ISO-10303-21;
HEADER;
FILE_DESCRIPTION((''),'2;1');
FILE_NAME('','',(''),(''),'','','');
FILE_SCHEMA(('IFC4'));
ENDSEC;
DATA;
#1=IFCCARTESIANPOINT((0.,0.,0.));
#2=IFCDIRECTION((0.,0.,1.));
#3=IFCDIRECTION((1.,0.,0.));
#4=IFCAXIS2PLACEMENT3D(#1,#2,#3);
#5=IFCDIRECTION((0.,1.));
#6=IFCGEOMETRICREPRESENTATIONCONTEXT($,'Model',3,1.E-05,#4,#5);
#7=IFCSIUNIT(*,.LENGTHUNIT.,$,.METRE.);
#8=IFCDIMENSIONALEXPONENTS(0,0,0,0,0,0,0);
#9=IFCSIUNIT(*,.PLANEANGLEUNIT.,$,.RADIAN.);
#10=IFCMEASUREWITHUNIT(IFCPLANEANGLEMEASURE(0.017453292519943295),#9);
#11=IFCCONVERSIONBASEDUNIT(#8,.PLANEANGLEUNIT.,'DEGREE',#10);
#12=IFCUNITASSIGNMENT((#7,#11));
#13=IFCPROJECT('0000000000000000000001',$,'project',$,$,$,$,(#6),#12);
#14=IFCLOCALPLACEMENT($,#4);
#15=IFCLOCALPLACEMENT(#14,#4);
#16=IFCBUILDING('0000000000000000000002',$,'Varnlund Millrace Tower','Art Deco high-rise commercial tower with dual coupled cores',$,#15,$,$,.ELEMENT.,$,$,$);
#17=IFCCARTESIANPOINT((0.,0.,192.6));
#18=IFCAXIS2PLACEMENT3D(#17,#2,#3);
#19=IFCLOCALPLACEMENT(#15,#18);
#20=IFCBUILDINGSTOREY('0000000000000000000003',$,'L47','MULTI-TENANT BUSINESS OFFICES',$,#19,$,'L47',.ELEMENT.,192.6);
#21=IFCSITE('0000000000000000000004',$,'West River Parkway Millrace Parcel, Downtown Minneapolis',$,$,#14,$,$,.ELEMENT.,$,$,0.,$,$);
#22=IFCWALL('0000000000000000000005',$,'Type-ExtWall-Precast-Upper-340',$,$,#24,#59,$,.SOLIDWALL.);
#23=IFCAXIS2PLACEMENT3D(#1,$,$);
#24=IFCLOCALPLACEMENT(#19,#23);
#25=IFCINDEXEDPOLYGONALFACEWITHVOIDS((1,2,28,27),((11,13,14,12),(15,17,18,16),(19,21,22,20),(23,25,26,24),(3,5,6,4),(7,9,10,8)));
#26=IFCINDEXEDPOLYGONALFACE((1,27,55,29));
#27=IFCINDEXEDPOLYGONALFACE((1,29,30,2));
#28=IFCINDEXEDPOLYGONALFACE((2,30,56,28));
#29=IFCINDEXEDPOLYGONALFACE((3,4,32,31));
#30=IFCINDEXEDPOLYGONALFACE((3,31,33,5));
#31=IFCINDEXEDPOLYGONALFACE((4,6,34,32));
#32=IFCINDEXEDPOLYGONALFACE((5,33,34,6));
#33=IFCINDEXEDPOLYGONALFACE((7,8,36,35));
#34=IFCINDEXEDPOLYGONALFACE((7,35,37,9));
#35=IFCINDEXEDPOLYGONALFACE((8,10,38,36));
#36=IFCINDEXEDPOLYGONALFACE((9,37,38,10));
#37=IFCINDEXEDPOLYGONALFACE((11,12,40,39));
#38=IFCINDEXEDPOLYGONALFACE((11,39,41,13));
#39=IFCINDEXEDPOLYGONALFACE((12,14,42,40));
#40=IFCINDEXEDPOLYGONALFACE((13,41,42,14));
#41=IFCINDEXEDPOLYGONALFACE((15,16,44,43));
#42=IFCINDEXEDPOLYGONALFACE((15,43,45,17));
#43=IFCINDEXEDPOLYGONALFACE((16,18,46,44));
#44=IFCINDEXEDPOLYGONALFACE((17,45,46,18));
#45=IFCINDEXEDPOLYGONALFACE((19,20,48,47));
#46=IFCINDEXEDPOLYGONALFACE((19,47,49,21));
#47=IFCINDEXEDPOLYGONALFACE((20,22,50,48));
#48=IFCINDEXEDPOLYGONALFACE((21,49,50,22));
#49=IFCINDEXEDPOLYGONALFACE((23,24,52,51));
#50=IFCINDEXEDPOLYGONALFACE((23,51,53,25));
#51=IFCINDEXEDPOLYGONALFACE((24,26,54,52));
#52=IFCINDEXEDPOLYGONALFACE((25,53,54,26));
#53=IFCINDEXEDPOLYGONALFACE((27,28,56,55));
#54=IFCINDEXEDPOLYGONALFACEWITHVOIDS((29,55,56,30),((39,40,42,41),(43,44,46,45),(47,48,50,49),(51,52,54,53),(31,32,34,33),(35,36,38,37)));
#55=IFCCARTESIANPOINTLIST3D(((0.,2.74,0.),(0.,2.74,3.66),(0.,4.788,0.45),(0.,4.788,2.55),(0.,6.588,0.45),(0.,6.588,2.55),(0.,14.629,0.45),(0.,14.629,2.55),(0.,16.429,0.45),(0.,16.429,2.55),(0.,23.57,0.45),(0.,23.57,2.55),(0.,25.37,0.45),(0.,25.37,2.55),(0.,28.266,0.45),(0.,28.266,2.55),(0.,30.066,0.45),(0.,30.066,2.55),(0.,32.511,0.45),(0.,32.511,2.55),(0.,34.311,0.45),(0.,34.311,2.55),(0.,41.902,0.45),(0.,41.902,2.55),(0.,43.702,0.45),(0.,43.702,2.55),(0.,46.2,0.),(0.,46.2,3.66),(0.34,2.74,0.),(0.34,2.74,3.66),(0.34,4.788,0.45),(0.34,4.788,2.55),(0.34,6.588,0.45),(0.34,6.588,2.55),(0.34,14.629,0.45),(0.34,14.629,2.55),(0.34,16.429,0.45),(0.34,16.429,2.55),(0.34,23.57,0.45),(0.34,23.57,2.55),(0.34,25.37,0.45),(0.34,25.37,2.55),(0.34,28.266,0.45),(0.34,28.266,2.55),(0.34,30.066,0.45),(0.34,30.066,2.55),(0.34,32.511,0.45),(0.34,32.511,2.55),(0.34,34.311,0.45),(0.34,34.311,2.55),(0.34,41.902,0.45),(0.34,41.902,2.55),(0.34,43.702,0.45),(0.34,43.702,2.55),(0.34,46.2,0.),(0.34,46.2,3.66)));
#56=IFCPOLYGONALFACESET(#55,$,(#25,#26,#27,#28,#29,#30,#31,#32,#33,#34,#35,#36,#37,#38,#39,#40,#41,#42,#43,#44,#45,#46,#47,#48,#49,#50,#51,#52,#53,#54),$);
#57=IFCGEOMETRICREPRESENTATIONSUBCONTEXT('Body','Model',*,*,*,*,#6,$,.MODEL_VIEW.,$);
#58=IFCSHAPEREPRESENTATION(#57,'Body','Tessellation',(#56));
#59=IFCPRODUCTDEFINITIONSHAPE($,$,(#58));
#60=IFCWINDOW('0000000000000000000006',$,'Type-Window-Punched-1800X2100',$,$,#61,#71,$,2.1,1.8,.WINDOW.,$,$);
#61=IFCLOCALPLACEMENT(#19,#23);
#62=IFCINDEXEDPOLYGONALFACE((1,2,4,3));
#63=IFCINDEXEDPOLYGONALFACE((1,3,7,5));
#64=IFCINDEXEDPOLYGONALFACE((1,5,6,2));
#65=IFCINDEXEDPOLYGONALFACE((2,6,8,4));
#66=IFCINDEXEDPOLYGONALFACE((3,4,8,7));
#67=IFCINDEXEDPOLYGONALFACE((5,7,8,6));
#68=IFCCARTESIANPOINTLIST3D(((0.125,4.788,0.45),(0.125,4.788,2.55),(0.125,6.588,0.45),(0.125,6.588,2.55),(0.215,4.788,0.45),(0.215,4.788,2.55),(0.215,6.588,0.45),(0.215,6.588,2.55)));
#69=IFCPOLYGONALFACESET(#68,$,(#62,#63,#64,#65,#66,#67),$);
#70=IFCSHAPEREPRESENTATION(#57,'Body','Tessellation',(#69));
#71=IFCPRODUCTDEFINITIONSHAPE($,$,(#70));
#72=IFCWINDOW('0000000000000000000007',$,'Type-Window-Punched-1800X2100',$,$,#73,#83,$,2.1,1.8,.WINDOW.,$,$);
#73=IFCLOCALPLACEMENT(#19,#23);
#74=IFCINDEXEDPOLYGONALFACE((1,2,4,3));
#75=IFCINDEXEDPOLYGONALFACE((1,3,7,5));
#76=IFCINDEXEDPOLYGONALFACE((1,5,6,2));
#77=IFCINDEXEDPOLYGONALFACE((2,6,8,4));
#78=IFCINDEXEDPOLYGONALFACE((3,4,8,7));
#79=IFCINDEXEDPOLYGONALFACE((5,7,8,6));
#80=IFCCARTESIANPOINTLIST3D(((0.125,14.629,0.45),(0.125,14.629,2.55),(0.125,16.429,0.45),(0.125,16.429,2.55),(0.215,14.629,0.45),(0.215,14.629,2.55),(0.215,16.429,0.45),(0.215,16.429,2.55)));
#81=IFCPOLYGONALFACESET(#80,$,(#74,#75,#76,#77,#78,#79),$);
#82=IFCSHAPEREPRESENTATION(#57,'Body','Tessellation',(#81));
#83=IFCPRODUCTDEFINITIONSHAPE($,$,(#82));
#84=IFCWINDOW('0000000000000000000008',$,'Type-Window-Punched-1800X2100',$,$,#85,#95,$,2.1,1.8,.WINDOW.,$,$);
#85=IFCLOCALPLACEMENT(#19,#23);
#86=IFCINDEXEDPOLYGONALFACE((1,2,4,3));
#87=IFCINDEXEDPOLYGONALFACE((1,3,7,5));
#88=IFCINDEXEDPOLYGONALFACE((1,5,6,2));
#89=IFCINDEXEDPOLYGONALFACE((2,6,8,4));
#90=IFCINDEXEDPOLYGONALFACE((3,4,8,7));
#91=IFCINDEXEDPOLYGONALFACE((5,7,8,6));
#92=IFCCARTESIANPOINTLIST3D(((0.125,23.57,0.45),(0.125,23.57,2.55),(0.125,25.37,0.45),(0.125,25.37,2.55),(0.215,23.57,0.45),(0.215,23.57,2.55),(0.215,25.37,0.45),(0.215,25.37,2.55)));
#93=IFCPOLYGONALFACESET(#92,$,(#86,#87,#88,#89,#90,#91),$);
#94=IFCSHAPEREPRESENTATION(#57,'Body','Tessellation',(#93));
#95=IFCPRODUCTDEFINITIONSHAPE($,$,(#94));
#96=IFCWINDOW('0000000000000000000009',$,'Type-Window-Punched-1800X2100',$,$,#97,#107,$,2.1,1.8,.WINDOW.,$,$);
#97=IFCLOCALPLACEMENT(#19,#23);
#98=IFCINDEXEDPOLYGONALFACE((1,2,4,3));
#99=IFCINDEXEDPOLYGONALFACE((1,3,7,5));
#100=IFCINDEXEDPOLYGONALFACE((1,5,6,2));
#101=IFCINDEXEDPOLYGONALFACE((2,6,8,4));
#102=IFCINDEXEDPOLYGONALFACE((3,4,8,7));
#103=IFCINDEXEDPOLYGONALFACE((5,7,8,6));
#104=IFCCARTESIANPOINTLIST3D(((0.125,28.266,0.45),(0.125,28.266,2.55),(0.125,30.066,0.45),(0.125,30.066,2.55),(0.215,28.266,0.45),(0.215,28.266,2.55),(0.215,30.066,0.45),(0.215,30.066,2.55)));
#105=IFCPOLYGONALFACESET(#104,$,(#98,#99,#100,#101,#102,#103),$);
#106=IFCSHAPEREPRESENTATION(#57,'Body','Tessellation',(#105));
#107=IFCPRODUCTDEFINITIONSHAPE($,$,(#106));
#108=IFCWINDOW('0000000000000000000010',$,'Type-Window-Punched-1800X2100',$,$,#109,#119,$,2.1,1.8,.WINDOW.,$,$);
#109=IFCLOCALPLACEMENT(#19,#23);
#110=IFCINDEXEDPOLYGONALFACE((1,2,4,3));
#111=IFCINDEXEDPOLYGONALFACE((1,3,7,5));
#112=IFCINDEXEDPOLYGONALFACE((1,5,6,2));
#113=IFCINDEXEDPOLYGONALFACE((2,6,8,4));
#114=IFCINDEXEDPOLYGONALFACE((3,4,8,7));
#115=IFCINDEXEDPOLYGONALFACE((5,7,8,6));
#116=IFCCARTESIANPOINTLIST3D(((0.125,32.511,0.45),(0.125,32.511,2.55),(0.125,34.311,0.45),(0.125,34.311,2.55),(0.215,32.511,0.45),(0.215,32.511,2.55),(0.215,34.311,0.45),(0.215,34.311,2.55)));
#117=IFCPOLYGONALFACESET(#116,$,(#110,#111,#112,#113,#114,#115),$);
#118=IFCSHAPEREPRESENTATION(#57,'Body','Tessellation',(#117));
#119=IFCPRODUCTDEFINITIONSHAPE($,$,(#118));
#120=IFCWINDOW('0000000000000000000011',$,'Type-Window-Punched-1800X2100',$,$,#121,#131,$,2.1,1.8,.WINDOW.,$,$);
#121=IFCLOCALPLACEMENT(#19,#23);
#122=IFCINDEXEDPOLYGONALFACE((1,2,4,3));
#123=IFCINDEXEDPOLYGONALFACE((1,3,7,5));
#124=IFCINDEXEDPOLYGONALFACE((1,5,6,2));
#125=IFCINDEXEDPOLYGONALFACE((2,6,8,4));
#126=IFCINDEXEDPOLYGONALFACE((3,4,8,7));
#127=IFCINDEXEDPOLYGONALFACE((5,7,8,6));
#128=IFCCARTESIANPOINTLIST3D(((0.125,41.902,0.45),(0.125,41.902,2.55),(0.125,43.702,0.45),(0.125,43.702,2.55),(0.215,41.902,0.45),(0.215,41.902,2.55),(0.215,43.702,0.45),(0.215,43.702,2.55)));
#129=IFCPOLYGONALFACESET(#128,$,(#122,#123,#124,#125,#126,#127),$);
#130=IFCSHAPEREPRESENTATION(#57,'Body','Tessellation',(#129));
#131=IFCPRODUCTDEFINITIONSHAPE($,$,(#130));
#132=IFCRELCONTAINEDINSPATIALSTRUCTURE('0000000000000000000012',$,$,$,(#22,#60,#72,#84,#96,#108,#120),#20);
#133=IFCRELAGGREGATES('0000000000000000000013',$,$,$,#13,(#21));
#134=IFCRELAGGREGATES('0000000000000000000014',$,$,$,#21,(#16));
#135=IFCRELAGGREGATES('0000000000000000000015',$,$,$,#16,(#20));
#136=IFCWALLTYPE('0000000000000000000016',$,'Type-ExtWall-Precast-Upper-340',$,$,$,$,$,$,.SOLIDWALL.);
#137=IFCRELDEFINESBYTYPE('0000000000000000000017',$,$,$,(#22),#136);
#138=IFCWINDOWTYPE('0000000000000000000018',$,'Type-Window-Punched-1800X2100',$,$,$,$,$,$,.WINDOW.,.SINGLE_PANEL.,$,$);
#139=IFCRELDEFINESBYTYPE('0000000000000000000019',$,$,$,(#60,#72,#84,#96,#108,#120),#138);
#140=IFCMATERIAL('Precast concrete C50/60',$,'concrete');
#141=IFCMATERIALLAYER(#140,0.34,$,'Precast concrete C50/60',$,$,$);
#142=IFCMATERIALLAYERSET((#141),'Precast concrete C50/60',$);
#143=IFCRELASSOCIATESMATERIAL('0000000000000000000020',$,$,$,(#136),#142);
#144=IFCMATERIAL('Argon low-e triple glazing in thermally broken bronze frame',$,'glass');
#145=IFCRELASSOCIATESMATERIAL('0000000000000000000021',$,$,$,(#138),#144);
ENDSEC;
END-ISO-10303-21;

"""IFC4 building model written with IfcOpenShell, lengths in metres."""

from ifc_helpers import new_model, entity, si_unit, converted_unit, direction, frame, origin_with_axes, origin_2d_with_axis, place, context, subcontext, project, spatial, polyline, rectangle, outline, extrude, material, layer, layer_set, type_object, element, fill, save


model = new_model("IFC4")

# Units and contexts
model_context = context("Model", 3, precision=1e-05, world=origin_with_axes(), true_north=direction((0.0, 1.0)))
body_context = subcontext(model_context, "Body", "Model", "MODEL_VIEW")
ifc_project = project(units=[si_unit("LENGTHUNIT", "METRE"), converted_unit("PLANEANGLEUNIT", "DEGREE", entity("IfcPlaneAngleMeasure", 0.017453292519943295), si_unit("PLANEANGLEUNIT", "RADIAN"), dimensions=[0, 0, 0, 0, 0, 0, 0])], contexts=[model_context])

# Site, building, storey
site_placement = place(None, origin_with_axes())
site = spatial("IfcSite", under=ifc_project, at=site_placement, Name="West River Parkway Millrace Parcel, Downtown Minneapolis", CompositionType="ELEMENT", RefElevation=0.0)
building_placement = place(site_placement, origin_with_axes())
building = spatial("IfcBuilding", under=site, at=building_placement, Name="Varnlund Millrace Tower", Description="Art Deco high-rise commercial tower with dual coupled cores", CompositionType="ELEMENT")
storey_placement = place(building_placement, frame((0.0, 0.0, 192.6), z_axis=(0.0, 0.0, 1.0), x_axis=(1.0, 0.0, 0.0)))
storey = spatial("IfcBuildingStorey", under=building, at=storey_placement, Name="L47", Description="MULTI-TENANT BUSINESS OFFICES", LongName="L47", CompositionType="ELEMENT", Elevation=192.6)

# Shared definitions
ifc_material_1 = material(Name="Precast concrete C50/60", Category="concrete")
ifc_layer_1 = layer(ifc_material_1, 0.34, Name="Precast concrete C50/60")
ifc_layer_set_1 = layer_set([ifc_layer_1], Name="Precast concrete C50/60")
wall_type = type_object("IfcWallType", Name="Type-ExtWall-Precast-Upper-340", PredefinedType="SOLIDWALL", material=ifc_layer_set_1)

# Wall, openings, windows
wall_1_placement = place(storey_placement, frame((0.17, 2.74, 0.0), z_axis=(0.0, 0.0, 1.0), x_axis=(0.0, 1.0, 0.0)))
wall_1 = element("IfcWall", 1, at=wall_1_placement, inside=storey, type_object=wall_type, Name="Type-ExtWall-Precast-Upper-340", PredefinedType="SOLIDWALL", context=body_context, shape_type="SweptSolid", body=[
    extrude(outline(polyline([(0.0, -0.17), (43.46, -0.17), (43.46, 0.17), (0.0, 0.17), (0.0, -0.17)])), origin_with_axes(), (0.0, 0.0, 1.0), 3.66),
])
opening_1_placement = place(wall_1_placement, frame((2.948, 0.0, 0.45), z_axis=(0.0, 0.0, 1.0), x_axis=(1.0, 0.0, 0.0)))
opening_1 = element("IfcOpeningElement", 2, at=opening_1_placement, cuts=wall_1, PredefinedType="OPENING", context=body_context, shape_type="SweptSolid", body=[
    extrude(rectangle(XDim=1.8, YDim=0.36, at=origin_2d_with_axis()), origin_with_axes(), (0.0, 0.0, 1.0), 2.1),
])
opening_2_placement = place(wall_1_placement, frame((12.789, 0.0, 0.45), z_axis=(0.0, 0.0, 1.0), x_axis=(1.0, 0.0, 0.0)))
opening_2 = element("IfcOpeningElement", 3, at=opening_2_placement, cuts=wall_1, PredefinedType="OPENING", context=body_context, shape_type="SweptSolid", body=[
    extrude(rectangle(XDim=1.8, YDim=0.36, at=origin_2d_with_axis()), origin_with_axes(), (0.0, 0.0, 1.0), 2.1),
])
opening_3_placement = place(wall_1_placement, frame((21.73, 0.0, 0.45), z_axis=(0.0, 0.0, 1.0), x_axis=(1.0, 0.0, 0.0)))
opening_3 = element("IfcOpeningElement", 4, at=opening_3_placement, cuts=wall_1, PredefinedType="OPENING", context=body_context, shape_type="SweptSolid", body=[
    extrude(rectangle(XDim=1.8, YDim=0.36, at=origin_2d_with_axis()), origin_with_axes(), (0.0, 0.0, 1.0), 2.1),
])
opening_4_placement = place(wall_1_placement, frame((26.426, 0.0, 0.45), z_axis=(0.0, 0.0, 1.0), x_axis=(1.0, 0.0, 0.0)))
opening_4 = element("IfcOpeningElement", 5, at=opening_4_placement, cuts=wall_1, PredefinedType="OPENING", context=body_context, shape_type="SweptSolid", body=[
    extrude(rectangle(XDim=1.8, YDim=0.36, at=origin_2d_with_axis()), origin_with_axes(), (0.0, 0.0, 1.0), 2.1),
])
opening_5_placement = place(wall_1_placement, frame((30.671, 0.0, 0.45), z_axis=(0.0, 0.0, 1.0), x_axis=(1.0, 0.0, 0.0)))
opening_5 = element("IfcOpeningElement", 6, at=opening_5_placement, cuts=wall_1, PredefinedType="OPENING", context=body_context, shape_type="SweptSolid", body=[
    extrude(rectangle(XDim=1.8, YDim=0.36, at=origin_2d_with_axis()), origin_with_axes(), (0.0, 0.0, 1.0), 2.1),
])
opening_6_placement = place(wall_1_placement, frame((40.062, 0.0, 0.45), z_axis=(0.0, 0.0, 1.0), x_axis=(1.0, 0.0, 0.0)))
opening_6 = element("IfcOpeningElement", 7, at=opening_6_placement, cuts=wall_1, PredefinedType="OPENING", context=body_context, shape_type="SweptSolid", body=[
    extrude(rectangle(XDim=1.8, YDim=0.36, at=origin_2d_with_axis()), origin_with_axes(), (0.0, 0.0, 1.0), 2.1),
])
ifc_material_2 = material(Name="Argon low-e triple glazing in thermally broken bronze frame", Category="glass")
window_type = type_object("IfcWindowType", Name="Type-Window-Punched-1800X2100", PartitioningType="SINGLE_PANEL", PredefinedType="WINDOW", material=ifc_material_2)
window_1_placement = place(wall_1_placement, frame((2.948, 0.0, 0.45), z_axis=(0.0, 0.0, 1.0), x_axis=(1.0, 0.0, 0.0)))
window_1 = element("IfcWindow", 8, at=window_1_placement, inside=storey, type_object=window_type, Name="Type-Window-Punched-1800X2100", OverallHeight=2.1, OverallWidth=1.8, PredefinedType="WINDOW", context=body_context, shape_type="SweptSolid", body=[
    extrude(rectangle(XDim=1.8, YDim=0.09, at=origin_2d_with_axis()), origin_with_axes(), (0.0, 0.0, 1.0), 2.1),
])
fill(opening_1, window_1)
window_2_placement = place(wall_1_placement, frame((12.789, 0.0, 0.45), z_axis=(0.0, 0.0, 1.0), x_axis=(1.0, 0.0, 0.0)))
window_2 = element("IfcWindow", 9, at=window_2_placement, inside=storey, type_object=window_type, Name="Type-Window-Punched-1800X2100", OverallHeight=2.1, OverallWidth=1.8, PredefinedType="WINDOW", context=body_context, shape_type="SweptSolid", body=[
    extrude(rectangle(XDim=1.8, YDim=0.09, at=origin_2d_with_axis()), origin_with_axes(), (0.0, 0.0, 1.0), 2.1),
])
fill(opening_2, window_2)
window_3_placement = place(wall_1_placement, frame((21.73, 0.0, 0.45), z_axis=(0.0, 0.0, 1.0), x_axis=(1.0, 0.0, 0.0)))
window_3 = element("IfcWindow", 10, at=window_3_placement, inside=storey, type_object=window_type, Name="Type-Window-Punched-1800X2100", OverallHeight=2.1, OverallWidth=1.8, PredefinedType="WINDOW", context=body_context, shape_type="SweptSolid", body=[
    extrude(rectangle(XDim=1.8, YDim=0.09, at=origin_2d_with_axis()), origin_with_axes(), (0.0, 0.0, 1.0), 2.1),
])
fill(opening_3, window_3)
window_4_placement = place(wall_1_placement, frame((26.426, 0.0, 0.45), z_axis=(0.0, 0.0, 1.0), x_axis=(1.0, 0.0, 0.0)))
window_4 = element("IfcWindow", 11, at=window_4_placement, inside=storey, type_object=window_type, Name="Type-Window-Punched-1800X2100", OverallHeight=2.1, OverallWidth=1.8, PredefinedType="WINDOW", context=body_context, shape_type="SweptSolid", body=[
    extrude(rectangle(XDim=1.8, YDim=0.09, at=origin_2d_with_axis()), origin_with_axes(), (0.0, 0.0, 1.0), 2.1),
])
fill(opening_4, window_4)
window_5_placement = place(wall_1_placement, frame((30.671, 0.0, 0.45), z_axis=(0.0, 0.0, 1.0), x_axis=(1.0, 0.0, 0.0)))
window_5 = element("IfcWindow", 12, at=window_5_placement, inside=storey, type_object=window_type, Name="Type-Window-Punched-1800X2100", OverallHeight=2.1, OverallWidth=1.8, PredefinedType="WINDOW", context=body_context, shape_type="SweptSolid", body=[
    extrude(rectangle(XDim=1.8, YDim=0.09, at=origin_2d_with_axis()), origin_with_axes(), (0.0, 0.0, 1.0), 2.1),
])
fill(opening_5, window_5)
window_6_placement = place(wall_1_placement, frame((40.062, 0.0, 0.45), z_axis=(0.0, 0.0, 1.0), x_axis=(1.0, 0.0, 0.0)))
window_6 = element("IfcWindow", 13, at=window_6_placement, inside=storey, type_object=window_type, Name="Type-Window-Punched-1800X2100", OverallHeight=2.1, OverallWidth=1.8, PredefinedType="WINDOW", context=body_context, shape_type="SweptSolid", body=[
    extrude(rectangle(XDim=1.8, YDim=0.09, at=origin_2d_with_axis()), origin_with_axes(), (0.0, 0.0, 1.0), 2.1),
])
fill(opening_6, window_6)

save(model, "model.ifc")
